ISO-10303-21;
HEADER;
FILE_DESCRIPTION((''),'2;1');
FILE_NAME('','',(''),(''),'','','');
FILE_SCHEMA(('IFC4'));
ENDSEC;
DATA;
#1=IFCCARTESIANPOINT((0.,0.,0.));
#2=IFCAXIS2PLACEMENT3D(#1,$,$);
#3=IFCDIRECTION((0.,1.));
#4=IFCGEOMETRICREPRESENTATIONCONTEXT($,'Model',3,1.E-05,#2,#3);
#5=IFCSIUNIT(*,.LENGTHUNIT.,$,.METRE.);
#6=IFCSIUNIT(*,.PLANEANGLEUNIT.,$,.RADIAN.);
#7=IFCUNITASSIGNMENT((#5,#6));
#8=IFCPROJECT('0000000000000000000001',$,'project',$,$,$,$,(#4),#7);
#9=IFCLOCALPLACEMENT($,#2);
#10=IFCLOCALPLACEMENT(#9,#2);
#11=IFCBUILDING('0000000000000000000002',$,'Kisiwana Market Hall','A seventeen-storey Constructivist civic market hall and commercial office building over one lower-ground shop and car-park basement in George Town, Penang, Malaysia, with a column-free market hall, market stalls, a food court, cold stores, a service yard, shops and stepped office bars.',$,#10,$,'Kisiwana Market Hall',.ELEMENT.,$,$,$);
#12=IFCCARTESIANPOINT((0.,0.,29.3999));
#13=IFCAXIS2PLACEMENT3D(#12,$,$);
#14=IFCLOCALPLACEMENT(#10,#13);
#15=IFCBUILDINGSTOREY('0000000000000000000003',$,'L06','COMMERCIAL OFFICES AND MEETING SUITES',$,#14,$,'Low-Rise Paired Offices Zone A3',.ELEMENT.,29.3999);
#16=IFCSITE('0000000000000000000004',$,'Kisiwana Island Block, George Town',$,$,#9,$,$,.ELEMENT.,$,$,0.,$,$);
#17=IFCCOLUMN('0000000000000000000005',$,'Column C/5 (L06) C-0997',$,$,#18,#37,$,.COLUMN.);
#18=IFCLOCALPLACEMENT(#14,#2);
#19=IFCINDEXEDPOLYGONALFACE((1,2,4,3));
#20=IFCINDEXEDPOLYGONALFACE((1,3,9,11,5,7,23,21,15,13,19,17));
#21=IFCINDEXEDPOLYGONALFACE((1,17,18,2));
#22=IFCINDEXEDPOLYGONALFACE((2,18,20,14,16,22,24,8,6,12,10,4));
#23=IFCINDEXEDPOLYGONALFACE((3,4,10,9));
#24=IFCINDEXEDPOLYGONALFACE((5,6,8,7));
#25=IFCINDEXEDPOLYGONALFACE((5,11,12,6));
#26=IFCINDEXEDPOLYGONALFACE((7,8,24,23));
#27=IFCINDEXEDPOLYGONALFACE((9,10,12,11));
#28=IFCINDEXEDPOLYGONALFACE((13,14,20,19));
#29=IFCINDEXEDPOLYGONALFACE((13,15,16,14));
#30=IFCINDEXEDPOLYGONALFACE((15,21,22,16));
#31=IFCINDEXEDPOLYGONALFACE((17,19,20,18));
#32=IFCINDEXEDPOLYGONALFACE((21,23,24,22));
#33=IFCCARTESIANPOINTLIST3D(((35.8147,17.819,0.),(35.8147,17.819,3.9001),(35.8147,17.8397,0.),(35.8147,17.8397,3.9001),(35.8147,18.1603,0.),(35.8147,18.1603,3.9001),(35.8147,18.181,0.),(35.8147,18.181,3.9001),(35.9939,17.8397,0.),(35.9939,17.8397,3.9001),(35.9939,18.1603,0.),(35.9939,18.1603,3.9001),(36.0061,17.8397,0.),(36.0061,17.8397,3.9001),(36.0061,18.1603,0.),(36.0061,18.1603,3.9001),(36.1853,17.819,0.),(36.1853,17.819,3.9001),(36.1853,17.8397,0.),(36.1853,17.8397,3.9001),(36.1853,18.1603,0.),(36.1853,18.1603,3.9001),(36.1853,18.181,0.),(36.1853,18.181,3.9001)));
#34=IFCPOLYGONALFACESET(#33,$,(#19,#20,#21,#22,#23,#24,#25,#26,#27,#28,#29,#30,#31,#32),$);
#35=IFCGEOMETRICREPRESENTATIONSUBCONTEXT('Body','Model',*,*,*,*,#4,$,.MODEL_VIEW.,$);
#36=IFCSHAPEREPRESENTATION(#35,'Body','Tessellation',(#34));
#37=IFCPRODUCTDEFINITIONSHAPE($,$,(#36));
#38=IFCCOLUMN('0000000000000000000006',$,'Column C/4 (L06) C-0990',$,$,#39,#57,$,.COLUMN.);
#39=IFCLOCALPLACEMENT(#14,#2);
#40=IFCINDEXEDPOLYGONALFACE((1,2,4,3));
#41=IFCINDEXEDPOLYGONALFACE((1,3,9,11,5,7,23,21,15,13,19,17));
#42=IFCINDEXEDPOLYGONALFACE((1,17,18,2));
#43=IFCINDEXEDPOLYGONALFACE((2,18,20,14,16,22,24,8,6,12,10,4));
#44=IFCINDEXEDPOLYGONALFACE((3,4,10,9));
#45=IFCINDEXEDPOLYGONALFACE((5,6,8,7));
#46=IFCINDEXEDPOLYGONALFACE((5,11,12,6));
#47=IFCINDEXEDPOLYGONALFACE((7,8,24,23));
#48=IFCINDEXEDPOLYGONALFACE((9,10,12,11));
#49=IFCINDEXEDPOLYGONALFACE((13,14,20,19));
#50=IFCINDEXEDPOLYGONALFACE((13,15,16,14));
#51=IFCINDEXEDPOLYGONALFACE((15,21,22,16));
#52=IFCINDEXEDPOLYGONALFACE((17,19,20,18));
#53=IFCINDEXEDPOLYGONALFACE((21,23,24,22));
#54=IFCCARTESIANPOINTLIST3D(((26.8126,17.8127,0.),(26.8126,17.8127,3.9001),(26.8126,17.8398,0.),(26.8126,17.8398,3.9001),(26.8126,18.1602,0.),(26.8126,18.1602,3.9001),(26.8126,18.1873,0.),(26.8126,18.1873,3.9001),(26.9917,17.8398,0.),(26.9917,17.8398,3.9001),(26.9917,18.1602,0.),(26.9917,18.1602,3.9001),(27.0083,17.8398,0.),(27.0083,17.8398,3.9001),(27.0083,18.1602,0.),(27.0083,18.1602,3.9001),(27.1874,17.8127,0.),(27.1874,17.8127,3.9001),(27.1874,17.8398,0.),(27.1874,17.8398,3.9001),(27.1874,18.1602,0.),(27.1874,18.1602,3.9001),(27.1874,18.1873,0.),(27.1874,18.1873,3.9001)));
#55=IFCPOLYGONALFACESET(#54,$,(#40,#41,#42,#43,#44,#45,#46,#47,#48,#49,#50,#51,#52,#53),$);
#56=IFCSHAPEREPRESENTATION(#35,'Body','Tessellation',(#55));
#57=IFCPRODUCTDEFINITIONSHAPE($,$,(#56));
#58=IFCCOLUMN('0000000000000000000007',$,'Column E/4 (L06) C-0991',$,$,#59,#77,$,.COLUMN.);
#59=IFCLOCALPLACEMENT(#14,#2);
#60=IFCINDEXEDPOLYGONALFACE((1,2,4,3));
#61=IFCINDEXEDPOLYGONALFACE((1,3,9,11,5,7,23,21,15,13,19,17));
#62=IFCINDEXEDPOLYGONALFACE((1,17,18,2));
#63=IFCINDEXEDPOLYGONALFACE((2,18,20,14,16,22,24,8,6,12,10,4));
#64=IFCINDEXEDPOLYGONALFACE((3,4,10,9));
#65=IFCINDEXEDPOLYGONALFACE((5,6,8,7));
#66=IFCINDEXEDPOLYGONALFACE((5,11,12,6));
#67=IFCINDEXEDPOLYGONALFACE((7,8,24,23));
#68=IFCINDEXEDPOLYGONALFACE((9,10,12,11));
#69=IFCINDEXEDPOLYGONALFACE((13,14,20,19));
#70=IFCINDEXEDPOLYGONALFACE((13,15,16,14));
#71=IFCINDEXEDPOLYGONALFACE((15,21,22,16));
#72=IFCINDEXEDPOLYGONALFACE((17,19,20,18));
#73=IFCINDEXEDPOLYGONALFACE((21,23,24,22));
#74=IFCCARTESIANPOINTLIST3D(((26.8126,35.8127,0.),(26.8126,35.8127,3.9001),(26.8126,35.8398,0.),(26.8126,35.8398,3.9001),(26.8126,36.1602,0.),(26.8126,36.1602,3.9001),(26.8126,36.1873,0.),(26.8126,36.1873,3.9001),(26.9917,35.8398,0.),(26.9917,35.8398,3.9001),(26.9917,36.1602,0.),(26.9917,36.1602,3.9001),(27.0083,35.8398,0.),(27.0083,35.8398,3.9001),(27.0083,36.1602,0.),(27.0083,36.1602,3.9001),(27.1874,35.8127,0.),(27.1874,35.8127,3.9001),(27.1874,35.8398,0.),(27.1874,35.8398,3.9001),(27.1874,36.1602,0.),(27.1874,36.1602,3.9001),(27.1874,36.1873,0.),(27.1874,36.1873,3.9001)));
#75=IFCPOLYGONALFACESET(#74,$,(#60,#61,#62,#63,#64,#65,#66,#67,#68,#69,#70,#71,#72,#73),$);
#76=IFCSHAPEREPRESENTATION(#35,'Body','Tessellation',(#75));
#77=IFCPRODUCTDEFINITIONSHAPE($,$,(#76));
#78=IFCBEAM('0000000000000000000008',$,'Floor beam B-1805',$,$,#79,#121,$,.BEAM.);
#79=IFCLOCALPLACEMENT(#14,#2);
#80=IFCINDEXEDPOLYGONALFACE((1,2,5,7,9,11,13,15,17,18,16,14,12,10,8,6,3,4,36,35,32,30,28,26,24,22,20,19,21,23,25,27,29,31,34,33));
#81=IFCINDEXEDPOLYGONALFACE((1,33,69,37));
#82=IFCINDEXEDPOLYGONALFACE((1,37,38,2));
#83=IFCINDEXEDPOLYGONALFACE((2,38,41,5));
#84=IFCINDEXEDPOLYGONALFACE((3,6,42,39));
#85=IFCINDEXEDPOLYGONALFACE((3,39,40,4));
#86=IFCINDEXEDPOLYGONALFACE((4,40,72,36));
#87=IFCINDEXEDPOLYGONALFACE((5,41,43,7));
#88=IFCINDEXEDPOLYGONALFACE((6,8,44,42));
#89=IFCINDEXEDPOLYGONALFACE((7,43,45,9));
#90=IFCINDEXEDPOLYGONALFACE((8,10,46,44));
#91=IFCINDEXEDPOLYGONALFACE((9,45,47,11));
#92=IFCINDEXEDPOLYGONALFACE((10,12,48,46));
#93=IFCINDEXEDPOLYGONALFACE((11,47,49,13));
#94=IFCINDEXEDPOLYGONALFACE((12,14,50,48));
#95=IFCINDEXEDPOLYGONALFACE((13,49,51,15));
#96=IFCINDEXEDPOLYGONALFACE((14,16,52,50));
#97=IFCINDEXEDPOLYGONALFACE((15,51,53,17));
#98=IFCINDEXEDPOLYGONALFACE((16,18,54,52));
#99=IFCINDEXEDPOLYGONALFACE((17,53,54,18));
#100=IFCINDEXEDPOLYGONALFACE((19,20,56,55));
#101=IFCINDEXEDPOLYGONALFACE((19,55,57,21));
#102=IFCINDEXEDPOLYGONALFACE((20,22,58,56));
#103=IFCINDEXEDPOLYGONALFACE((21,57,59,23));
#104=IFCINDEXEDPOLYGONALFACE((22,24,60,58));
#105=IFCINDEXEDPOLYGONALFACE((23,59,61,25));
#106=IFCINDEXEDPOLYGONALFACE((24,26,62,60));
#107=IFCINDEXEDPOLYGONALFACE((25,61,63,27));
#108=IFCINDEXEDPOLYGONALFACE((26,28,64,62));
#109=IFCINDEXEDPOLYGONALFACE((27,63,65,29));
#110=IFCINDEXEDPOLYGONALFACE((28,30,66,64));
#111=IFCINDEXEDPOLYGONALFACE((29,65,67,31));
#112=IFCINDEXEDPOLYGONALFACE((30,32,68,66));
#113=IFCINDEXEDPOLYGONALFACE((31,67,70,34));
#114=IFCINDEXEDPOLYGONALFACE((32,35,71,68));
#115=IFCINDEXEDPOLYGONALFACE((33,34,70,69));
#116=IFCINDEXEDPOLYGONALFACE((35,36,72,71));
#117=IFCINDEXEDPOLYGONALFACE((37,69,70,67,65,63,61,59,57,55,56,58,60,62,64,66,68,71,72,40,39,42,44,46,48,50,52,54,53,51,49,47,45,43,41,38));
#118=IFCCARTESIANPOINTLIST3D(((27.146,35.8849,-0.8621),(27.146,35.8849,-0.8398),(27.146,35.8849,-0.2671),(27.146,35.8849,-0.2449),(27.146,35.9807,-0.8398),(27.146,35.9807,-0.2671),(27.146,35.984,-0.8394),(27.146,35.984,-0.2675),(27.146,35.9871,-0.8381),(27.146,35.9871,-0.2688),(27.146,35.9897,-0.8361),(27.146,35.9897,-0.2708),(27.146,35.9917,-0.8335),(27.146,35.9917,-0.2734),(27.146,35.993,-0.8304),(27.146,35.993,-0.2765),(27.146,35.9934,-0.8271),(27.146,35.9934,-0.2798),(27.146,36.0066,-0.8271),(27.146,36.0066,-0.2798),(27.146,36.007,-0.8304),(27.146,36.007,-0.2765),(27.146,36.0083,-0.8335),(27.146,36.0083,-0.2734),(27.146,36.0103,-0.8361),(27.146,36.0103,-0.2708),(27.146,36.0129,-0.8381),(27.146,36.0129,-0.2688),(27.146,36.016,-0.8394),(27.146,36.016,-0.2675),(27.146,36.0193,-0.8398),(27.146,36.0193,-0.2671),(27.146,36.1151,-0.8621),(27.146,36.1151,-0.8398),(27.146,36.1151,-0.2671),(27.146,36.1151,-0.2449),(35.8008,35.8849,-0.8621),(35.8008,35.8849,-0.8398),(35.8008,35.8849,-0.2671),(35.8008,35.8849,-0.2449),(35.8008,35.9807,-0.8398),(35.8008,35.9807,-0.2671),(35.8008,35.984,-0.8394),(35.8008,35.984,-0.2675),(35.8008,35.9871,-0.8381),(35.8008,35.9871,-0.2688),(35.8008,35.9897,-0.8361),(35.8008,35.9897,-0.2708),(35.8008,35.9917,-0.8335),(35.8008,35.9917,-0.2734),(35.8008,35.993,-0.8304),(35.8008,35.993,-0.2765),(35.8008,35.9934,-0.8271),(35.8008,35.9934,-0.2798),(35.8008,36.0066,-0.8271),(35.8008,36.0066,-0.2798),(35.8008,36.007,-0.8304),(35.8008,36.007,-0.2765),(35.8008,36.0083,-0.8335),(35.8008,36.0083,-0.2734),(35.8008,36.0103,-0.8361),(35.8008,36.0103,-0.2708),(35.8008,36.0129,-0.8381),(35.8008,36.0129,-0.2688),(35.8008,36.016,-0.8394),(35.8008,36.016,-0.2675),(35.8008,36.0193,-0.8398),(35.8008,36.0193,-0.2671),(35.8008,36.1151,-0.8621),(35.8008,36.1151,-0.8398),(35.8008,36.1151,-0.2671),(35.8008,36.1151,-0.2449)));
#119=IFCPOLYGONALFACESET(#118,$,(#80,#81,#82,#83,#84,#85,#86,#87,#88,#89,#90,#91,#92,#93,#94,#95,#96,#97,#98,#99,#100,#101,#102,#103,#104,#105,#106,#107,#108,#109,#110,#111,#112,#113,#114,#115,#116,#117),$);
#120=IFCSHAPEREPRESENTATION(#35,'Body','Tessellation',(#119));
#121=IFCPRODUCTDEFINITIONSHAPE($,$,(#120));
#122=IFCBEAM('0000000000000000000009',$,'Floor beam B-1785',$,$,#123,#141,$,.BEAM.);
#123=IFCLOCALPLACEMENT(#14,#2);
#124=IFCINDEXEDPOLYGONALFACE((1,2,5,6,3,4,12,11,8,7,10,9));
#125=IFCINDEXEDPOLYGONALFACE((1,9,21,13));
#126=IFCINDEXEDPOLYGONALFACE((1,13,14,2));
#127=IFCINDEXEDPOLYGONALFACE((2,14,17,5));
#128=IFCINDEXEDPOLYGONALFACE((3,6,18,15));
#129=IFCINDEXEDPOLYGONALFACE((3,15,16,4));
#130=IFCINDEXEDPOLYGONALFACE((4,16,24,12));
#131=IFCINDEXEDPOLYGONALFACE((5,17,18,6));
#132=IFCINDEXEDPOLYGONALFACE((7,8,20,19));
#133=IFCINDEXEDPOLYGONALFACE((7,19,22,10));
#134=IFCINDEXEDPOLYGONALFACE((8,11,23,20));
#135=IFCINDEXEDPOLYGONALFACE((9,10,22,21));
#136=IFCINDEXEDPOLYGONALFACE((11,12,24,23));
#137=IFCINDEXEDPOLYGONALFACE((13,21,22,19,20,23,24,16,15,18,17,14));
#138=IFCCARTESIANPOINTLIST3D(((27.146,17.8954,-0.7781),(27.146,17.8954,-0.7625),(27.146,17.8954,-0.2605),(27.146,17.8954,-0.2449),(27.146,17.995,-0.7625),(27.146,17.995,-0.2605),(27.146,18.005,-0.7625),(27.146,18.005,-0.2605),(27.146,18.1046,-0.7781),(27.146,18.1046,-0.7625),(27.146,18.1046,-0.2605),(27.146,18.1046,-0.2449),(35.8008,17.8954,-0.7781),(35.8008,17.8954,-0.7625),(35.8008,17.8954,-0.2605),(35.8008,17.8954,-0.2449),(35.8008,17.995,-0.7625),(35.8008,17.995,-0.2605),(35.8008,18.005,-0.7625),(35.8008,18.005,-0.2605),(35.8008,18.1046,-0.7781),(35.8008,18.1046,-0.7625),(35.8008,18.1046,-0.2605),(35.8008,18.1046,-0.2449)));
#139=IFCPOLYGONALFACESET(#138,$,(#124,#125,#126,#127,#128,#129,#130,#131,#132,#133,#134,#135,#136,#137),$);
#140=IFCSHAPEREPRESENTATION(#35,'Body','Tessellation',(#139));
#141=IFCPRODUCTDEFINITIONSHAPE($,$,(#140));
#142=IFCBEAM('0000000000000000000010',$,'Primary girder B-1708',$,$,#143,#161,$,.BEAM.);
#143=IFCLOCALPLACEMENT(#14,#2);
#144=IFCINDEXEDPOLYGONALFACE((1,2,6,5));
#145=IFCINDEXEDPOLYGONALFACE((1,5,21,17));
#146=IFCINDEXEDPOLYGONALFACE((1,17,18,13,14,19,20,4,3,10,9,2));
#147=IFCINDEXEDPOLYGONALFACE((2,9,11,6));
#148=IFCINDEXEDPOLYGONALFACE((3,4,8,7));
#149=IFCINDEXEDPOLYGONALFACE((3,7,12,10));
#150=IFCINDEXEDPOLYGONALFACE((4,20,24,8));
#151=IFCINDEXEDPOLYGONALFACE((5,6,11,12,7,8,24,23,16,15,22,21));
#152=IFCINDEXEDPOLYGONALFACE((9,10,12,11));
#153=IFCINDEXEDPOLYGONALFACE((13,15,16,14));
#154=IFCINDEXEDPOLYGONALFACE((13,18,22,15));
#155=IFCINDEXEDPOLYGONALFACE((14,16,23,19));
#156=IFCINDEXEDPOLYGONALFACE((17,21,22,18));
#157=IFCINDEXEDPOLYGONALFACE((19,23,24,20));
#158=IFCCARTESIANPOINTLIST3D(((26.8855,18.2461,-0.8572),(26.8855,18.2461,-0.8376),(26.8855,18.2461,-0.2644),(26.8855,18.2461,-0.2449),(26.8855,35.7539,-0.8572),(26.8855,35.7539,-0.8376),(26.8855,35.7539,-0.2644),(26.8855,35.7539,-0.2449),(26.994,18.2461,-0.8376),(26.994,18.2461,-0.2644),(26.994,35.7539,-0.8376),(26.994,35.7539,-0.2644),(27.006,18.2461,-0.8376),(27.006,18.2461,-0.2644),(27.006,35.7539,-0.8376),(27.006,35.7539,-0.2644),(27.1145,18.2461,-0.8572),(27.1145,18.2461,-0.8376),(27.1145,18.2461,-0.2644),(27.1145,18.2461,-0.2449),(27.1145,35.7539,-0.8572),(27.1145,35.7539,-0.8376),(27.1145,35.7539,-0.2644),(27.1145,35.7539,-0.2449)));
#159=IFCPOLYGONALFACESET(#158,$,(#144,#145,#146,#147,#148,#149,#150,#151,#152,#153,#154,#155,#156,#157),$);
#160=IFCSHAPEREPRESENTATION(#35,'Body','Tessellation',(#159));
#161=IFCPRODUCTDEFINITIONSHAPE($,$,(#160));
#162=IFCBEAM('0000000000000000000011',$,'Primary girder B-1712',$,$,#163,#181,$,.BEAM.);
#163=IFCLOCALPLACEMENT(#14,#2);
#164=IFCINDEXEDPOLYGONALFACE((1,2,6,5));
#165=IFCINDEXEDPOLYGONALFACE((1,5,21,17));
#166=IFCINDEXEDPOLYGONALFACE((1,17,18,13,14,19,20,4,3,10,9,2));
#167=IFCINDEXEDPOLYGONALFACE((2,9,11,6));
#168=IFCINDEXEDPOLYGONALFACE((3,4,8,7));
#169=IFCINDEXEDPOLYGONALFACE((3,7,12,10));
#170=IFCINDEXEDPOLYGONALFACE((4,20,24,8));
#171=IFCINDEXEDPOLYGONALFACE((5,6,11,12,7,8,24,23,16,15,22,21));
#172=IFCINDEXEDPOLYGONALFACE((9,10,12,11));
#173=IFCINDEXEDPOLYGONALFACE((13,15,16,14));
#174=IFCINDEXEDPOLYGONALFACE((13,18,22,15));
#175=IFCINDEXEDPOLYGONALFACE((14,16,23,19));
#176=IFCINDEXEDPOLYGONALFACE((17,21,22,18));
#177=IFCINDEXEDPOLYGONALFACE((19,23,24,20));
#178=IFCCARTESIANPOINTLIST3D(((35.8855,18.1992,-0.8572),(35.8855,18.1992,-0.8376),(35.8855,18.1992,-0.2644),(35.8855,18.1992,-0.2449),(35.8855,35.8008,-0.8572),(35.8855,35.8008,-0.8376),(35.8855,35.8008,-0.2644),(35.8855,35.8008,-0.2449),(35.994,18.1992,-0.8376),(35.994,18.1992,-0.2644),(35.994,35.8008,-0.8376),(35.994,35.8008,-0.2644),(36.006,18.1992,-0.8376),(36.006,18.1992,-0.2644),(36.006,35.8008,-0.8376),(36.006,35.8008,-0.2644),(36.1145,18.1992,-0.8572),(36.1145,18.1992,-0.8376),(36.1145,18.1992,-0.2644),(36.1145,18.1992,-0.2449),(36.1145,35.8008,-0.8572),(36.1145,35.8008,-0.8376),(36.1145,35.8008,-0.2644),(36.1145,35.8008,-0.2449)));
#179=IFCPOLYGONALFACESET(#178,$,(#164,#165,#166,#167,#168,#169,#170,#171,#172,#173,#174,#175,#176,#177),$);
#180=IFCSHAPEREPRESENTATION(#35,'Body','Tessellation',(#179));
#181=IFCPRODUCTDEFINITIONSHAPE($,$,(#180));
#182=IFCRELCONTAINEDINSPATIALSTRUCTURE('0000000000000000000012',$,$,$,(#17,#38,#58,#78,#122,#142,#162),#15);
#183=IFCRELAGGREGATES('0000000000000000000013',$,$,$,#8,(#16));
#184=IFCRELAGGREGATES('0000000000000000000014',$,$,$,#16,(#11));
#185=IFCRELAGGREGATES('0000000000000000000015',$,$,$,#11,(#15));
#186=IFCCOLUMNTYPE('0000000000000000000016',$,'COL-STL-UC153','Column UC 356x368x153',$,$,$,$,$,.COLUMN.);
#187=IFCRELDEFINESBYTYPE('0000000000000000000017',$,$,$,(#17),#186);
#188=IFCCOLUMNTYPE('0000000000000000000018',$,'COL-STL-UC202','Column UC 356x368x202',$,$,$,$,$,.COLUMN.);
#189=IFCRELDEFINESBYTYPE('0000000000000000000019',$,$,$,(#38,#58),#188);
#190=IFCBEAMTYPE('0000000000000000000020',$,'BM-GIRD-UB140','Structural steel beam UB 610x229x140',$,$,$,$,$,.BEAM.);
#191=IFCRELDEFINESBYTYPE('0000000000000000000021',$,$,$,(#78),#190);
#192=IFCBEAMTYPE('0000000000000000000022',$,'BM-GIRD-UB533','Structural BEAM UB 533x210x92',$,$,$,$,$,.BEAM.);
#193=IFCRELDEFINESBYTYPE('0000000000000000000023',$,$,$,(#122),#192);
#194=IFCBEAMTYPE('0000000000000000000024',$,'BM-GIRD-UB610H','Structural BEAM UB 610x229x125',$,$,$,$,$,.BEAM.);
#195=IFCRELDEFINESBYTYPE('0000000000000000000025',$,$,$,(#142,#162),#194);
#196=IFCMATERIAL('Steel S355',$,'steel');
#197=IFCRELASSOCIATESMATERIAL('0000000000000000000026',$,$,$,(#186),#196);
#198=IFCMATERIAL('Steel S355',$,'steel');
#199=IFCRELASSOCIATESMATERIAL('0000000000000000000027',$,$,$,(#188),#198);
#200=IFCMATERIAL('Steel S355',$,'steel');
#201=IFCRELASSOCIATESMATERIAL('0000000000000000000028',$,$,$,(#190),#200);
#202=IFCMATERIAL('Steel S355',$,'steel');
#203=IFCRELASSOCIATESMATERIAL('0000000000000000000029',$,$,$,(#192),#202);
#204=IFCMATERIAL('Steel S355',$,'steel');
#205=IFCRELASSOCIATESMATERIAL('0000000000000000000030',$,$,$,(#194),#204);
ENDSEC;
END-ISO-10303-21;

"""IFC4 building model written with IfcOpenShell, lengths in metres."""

from ifc_helpers import new_model, si_unit, direction, frame, origin, origin_2d, place, context, subcontext, project, spatial, i_section, extrude, material, material_profile, profile_set, type_object, element, save


model = new_model("IFC4")

# Units and contexts
model_context = context("Model", 3, precision=1e-05, world=origin(), true_north=direction((0.0, 1.0)))
body_context = subcontext(model_context, "Body", "Model", "MODEL_VIEW")
ifc_project = project(units=[si_unit("LENGTHUNIT", "METRE"), si_unit("PLANEANGLEUNIT", "RADIAN")], contexts=[model_context])

# Site, building, storey
site_placement = place(None, origin())
site = spatial("IfcSite", under=ifc_project, at=site_placement, Name="Kisiwana Island Block, George Town", CompositionType="ELEMENT", RefElevation=0.0)
building_placement = place(site_placement, origin())
building = spatial("IfcBuilding", under=site, at=building_placement, Name="Kisiwana Market Hall", Description="A seventeen-storey Constructivist civic market hall and commercial office building over one lower-ground shop and car-park basement in George Town, Penang, Malaysia, with a column-free market hall, market stalls, a food court, cold stores, a service yard, shops and stepped office bars.", LongName="Kisiwana Market Hall", CompositionType="ELEMENT")
storey_placement = place(building_placement, frame((0.0, 0.0, 29.3999)))
storey = spatial("IfcBuildingStorey", under=building, at=storey_placement, Name="L06", Description="COMMERCIAL OFFICES AND MEETING SUITES", LongName="Low-Rise Paired Offices Zone A3", CompositionType="ELEMENT", Elevation=29.3999)

# Columns
ifc_material_1 = material(Name="Steel S355", Category="steel")
ifc_material_profile_1 = material_profile(ifc_material_1, i_section(OverallWidth=0.3706, OverallDepth=0.3621, WebThickness=0.0122, FlangeThickness=0.0208, at=origin_2d()), Name="UC 356x368x153")
ifc_profile_set_1 = profile_set([ifc_material_profile_1], Name="Steel S355")
column_type_1 = type_object("IfcColumnType", Name="COL-STL-UC153", Description="Column UC 356x368x153", PredefinedType="COLUMN", material=ifc_profile_set_1)
column_placement = place(storey_placement, frame((36.0, 18.0, 0.0), z_axis=(0.0, 0.0, 1.0), x_axis=(1.0, 0.0, 0.0)))
element("IfcColumn", 1, at=column_placement, inside=storey, type_object=column_type_1, Name="Column C/5 (L06) C-0997", PredefinedType="COLUMN", context=body_context, shape_type="SweptSolid", body=[
    extrude(i_section(OverallWidth=0.3706, OverallDepth=0.3621, WebThickness=0.0122, FlangeThickness=0.0208, at=origin_2d()), origin(), (0.0, 0.0, 1.0), 3.9001),
])
ifc_material_2 = material(Name="Steel S355", Category="steel")
ifc_material_profile_2 = material_profile(ifc_material_2, i_section(OverallWidth=0.3748, OverallDepth=0.3745, WebThickness=0.0166, FlangeThickness=0.0271, at=origin_2d()), Name="UC 356x368x202")
ifc_profile_set_2 = profile_set([ifc_material_profile_2], Name="Steel S355")
column_type_2 = type_object("IfcColumnType", Name="COL-STL-UC202", Description="Column UC 356x368x202", PredefinedType="COLUMN", material=ifc_profile_set_2)
for number, where, z_axis, x_axis, name in (
    (2, (27.0, 18.0, 0.0), (0.0, 0.0, 1.0), (1.0, 0.0, 0.0), "Column C/4 (L06) C-0990"),
    (3, (27.0, 36.0, 0.0), (0.0, 0.0, 1.0), (1.0, 0.0, 0.0), "Column E/4 (L06) C-0991"),
):
    element("IfcColumn", number, at=place(storey_placement, frame(where, z_axis=z_axis, x_axis=x_axis)), inside=storey, type_object=column_type_2, Name=name, PredefinedType="COLUMN", context=body_context, shape_type="SweptSolid", body=[
        extrude(i_section(OverallWidth=0.3748, OverallDepth=0.3745, WebThickness=0.0166, FlangeThickness=0.0271, at=origin_2d()), origin(), (0.0, 0.0, 1.0), 3.9001),
    ])

# Beams
ifc_material_3 = material(Name="Steel S355", Category="steel")
ifc_material_profile_3 = material_profile(ifc_material_3, i_section(OverallWidth=0.2302, OverallDepth=0.6172, WebThickness=0.0132, FlangeThickness=0.0222, FilletRadius=0.0127, at=origin_2d()), Name="UB 610x229x140")
ifc_profile_set_3 = profile_set([ifc_material_profile_3], Name="Steel S355")
beam_type_1 = type_object("IfcBeamType", Name="BM-GIRD-UB140", Description="Structural steel beam UB 610x229x140", PredefinedType="BEAM", material=ifc_profile_set_3)
beam_1_placement = place(storey_placement, frame((27.146, 36.0, -0.5535), z_axis=(1.0, 0.0, 0.0), x_axis=(0.0, 1.0, 0.0)))
element("IfcBeam", 4, at=beam_1_placement, inside=storey, type_object=beam_type_1, Name="Floor beam B-1805", PredefinedType="BEAM", context=body_context, shape_type="SweptSolid", body=[
    extrude(i_section(OverallWidth=0.2302, OverallDepth=0.6172, WebThickness=0.0132, FlangeThickness=0.0222, FilletRadius=0.0127, at=origin_2d()), origin(), (0.0, 0.0, 1.0), 8.6548),
])
ifc_material_4 = material(Name="Steel S355", Category="steel")
ifc_material_profile_4 = material_profile(ifc_material_4, i_section(OverallWidth=0.2092, OverallDepth=0.5332, WebThickness=0.01, FlangeThickness=0.0156, at=origin_2d()), Name="UB 533x210x92")
ifc_profile_set_4 = profile_set([ifc_material_profile_4], Name="Steel S355")
beam_type_2 = type_object("IfcBeamType", Name="BM-GIRD-UB533", Description="Structural BEAM UB 533x210x92", PredefinedType="BEAM", material=ifc_profile_set_4)
beam_2_placement = place(storey_placement, frame((27.146, 18.0, -0.5115), z_axis=(1.0, 0.0, 0.0), x_axis=(0.0, 1.0, 0.0)))
element("IfcBeam", 5, at=beam_2_placement, inside=storey, type_object=beam_type_2, Name="Floor beam B-1785", PredefinedType="BEAM", context=body_context, shape_type="SweptSolid", body=[
    extrude(i_section(OverallWidth=0.2092, OverallDepth=0.5332, WebThickness=0.01, FlangeThickness=0.0156, at=origin_2d()), origin(), (0.0, 0.0, 1.0), 8.6548),
])
ifc_material_5 = material(Name="Steel S355", Category="steel")
ifc_material_profile_5 = material_profile(ifc_material_5, i_section(OverallWidth=0.229, OverallDepth=0.6123, WebThickness=0.012, FlangeThickness=0.0195, at=origin_2d()), Name="UB 610x229x125")
ifc_profile_set_5 = profile_set([ifc_material_profile_5], Name="Steel S355")
beam_type_3 = type_object("IfcBeamType", Name="BM-GIRD-UB610H", Description="Structural BEAM UB 610x229x125", PredefinedType="BEAM", material=ifc_profile_set_5)
beam_3_placement = place(storey_placement, frame((27.0, 18.2461, -0.551), z_axis=(0.0, 1.0, 0.0), x_axis=(-1.0, 0.0, 0.0)))
element("IfcBeam", 6, at=beam_3_placement, inside=storey, type_object=beam_type_3, Name="Primary girder B-1708", PredefinedType="BEAM", context=body_context, shape_type="SweptSolid", body=[
    extrude(i_section(OverallWidth=0.229, OverallDepth=0.6123, WebThickness=0.012, FlangeThickness=0.0195, at=origin_2d()), origin(), (0.0, 0.0, 1.0), 17.5078),
])
beam_4_placement = place(storey_placement, frame((36.0, 18.1992, -0.551), z_axis=(0.0, 1.0, 0.0), x_axis=(-1.0, 0.0, 0.0)))
element("IfcBeam", 7, at=beam_4_placement, inside=storey, type_object=beam_type_3, Name="Primary girder B-1712", PredefinedType="BEAM", context=body_context, shape_type="SweptSolid", body=[
    extrude(i_section(OverallWidth=0.229, OverallDepth=0.6123, WebThickness=0.012, FlangeThickness=0.0195, at=origin_2d()), origin(), (0.0, 0.0, 1.0), 17.6016),
])

save(model, "model.ifc")
